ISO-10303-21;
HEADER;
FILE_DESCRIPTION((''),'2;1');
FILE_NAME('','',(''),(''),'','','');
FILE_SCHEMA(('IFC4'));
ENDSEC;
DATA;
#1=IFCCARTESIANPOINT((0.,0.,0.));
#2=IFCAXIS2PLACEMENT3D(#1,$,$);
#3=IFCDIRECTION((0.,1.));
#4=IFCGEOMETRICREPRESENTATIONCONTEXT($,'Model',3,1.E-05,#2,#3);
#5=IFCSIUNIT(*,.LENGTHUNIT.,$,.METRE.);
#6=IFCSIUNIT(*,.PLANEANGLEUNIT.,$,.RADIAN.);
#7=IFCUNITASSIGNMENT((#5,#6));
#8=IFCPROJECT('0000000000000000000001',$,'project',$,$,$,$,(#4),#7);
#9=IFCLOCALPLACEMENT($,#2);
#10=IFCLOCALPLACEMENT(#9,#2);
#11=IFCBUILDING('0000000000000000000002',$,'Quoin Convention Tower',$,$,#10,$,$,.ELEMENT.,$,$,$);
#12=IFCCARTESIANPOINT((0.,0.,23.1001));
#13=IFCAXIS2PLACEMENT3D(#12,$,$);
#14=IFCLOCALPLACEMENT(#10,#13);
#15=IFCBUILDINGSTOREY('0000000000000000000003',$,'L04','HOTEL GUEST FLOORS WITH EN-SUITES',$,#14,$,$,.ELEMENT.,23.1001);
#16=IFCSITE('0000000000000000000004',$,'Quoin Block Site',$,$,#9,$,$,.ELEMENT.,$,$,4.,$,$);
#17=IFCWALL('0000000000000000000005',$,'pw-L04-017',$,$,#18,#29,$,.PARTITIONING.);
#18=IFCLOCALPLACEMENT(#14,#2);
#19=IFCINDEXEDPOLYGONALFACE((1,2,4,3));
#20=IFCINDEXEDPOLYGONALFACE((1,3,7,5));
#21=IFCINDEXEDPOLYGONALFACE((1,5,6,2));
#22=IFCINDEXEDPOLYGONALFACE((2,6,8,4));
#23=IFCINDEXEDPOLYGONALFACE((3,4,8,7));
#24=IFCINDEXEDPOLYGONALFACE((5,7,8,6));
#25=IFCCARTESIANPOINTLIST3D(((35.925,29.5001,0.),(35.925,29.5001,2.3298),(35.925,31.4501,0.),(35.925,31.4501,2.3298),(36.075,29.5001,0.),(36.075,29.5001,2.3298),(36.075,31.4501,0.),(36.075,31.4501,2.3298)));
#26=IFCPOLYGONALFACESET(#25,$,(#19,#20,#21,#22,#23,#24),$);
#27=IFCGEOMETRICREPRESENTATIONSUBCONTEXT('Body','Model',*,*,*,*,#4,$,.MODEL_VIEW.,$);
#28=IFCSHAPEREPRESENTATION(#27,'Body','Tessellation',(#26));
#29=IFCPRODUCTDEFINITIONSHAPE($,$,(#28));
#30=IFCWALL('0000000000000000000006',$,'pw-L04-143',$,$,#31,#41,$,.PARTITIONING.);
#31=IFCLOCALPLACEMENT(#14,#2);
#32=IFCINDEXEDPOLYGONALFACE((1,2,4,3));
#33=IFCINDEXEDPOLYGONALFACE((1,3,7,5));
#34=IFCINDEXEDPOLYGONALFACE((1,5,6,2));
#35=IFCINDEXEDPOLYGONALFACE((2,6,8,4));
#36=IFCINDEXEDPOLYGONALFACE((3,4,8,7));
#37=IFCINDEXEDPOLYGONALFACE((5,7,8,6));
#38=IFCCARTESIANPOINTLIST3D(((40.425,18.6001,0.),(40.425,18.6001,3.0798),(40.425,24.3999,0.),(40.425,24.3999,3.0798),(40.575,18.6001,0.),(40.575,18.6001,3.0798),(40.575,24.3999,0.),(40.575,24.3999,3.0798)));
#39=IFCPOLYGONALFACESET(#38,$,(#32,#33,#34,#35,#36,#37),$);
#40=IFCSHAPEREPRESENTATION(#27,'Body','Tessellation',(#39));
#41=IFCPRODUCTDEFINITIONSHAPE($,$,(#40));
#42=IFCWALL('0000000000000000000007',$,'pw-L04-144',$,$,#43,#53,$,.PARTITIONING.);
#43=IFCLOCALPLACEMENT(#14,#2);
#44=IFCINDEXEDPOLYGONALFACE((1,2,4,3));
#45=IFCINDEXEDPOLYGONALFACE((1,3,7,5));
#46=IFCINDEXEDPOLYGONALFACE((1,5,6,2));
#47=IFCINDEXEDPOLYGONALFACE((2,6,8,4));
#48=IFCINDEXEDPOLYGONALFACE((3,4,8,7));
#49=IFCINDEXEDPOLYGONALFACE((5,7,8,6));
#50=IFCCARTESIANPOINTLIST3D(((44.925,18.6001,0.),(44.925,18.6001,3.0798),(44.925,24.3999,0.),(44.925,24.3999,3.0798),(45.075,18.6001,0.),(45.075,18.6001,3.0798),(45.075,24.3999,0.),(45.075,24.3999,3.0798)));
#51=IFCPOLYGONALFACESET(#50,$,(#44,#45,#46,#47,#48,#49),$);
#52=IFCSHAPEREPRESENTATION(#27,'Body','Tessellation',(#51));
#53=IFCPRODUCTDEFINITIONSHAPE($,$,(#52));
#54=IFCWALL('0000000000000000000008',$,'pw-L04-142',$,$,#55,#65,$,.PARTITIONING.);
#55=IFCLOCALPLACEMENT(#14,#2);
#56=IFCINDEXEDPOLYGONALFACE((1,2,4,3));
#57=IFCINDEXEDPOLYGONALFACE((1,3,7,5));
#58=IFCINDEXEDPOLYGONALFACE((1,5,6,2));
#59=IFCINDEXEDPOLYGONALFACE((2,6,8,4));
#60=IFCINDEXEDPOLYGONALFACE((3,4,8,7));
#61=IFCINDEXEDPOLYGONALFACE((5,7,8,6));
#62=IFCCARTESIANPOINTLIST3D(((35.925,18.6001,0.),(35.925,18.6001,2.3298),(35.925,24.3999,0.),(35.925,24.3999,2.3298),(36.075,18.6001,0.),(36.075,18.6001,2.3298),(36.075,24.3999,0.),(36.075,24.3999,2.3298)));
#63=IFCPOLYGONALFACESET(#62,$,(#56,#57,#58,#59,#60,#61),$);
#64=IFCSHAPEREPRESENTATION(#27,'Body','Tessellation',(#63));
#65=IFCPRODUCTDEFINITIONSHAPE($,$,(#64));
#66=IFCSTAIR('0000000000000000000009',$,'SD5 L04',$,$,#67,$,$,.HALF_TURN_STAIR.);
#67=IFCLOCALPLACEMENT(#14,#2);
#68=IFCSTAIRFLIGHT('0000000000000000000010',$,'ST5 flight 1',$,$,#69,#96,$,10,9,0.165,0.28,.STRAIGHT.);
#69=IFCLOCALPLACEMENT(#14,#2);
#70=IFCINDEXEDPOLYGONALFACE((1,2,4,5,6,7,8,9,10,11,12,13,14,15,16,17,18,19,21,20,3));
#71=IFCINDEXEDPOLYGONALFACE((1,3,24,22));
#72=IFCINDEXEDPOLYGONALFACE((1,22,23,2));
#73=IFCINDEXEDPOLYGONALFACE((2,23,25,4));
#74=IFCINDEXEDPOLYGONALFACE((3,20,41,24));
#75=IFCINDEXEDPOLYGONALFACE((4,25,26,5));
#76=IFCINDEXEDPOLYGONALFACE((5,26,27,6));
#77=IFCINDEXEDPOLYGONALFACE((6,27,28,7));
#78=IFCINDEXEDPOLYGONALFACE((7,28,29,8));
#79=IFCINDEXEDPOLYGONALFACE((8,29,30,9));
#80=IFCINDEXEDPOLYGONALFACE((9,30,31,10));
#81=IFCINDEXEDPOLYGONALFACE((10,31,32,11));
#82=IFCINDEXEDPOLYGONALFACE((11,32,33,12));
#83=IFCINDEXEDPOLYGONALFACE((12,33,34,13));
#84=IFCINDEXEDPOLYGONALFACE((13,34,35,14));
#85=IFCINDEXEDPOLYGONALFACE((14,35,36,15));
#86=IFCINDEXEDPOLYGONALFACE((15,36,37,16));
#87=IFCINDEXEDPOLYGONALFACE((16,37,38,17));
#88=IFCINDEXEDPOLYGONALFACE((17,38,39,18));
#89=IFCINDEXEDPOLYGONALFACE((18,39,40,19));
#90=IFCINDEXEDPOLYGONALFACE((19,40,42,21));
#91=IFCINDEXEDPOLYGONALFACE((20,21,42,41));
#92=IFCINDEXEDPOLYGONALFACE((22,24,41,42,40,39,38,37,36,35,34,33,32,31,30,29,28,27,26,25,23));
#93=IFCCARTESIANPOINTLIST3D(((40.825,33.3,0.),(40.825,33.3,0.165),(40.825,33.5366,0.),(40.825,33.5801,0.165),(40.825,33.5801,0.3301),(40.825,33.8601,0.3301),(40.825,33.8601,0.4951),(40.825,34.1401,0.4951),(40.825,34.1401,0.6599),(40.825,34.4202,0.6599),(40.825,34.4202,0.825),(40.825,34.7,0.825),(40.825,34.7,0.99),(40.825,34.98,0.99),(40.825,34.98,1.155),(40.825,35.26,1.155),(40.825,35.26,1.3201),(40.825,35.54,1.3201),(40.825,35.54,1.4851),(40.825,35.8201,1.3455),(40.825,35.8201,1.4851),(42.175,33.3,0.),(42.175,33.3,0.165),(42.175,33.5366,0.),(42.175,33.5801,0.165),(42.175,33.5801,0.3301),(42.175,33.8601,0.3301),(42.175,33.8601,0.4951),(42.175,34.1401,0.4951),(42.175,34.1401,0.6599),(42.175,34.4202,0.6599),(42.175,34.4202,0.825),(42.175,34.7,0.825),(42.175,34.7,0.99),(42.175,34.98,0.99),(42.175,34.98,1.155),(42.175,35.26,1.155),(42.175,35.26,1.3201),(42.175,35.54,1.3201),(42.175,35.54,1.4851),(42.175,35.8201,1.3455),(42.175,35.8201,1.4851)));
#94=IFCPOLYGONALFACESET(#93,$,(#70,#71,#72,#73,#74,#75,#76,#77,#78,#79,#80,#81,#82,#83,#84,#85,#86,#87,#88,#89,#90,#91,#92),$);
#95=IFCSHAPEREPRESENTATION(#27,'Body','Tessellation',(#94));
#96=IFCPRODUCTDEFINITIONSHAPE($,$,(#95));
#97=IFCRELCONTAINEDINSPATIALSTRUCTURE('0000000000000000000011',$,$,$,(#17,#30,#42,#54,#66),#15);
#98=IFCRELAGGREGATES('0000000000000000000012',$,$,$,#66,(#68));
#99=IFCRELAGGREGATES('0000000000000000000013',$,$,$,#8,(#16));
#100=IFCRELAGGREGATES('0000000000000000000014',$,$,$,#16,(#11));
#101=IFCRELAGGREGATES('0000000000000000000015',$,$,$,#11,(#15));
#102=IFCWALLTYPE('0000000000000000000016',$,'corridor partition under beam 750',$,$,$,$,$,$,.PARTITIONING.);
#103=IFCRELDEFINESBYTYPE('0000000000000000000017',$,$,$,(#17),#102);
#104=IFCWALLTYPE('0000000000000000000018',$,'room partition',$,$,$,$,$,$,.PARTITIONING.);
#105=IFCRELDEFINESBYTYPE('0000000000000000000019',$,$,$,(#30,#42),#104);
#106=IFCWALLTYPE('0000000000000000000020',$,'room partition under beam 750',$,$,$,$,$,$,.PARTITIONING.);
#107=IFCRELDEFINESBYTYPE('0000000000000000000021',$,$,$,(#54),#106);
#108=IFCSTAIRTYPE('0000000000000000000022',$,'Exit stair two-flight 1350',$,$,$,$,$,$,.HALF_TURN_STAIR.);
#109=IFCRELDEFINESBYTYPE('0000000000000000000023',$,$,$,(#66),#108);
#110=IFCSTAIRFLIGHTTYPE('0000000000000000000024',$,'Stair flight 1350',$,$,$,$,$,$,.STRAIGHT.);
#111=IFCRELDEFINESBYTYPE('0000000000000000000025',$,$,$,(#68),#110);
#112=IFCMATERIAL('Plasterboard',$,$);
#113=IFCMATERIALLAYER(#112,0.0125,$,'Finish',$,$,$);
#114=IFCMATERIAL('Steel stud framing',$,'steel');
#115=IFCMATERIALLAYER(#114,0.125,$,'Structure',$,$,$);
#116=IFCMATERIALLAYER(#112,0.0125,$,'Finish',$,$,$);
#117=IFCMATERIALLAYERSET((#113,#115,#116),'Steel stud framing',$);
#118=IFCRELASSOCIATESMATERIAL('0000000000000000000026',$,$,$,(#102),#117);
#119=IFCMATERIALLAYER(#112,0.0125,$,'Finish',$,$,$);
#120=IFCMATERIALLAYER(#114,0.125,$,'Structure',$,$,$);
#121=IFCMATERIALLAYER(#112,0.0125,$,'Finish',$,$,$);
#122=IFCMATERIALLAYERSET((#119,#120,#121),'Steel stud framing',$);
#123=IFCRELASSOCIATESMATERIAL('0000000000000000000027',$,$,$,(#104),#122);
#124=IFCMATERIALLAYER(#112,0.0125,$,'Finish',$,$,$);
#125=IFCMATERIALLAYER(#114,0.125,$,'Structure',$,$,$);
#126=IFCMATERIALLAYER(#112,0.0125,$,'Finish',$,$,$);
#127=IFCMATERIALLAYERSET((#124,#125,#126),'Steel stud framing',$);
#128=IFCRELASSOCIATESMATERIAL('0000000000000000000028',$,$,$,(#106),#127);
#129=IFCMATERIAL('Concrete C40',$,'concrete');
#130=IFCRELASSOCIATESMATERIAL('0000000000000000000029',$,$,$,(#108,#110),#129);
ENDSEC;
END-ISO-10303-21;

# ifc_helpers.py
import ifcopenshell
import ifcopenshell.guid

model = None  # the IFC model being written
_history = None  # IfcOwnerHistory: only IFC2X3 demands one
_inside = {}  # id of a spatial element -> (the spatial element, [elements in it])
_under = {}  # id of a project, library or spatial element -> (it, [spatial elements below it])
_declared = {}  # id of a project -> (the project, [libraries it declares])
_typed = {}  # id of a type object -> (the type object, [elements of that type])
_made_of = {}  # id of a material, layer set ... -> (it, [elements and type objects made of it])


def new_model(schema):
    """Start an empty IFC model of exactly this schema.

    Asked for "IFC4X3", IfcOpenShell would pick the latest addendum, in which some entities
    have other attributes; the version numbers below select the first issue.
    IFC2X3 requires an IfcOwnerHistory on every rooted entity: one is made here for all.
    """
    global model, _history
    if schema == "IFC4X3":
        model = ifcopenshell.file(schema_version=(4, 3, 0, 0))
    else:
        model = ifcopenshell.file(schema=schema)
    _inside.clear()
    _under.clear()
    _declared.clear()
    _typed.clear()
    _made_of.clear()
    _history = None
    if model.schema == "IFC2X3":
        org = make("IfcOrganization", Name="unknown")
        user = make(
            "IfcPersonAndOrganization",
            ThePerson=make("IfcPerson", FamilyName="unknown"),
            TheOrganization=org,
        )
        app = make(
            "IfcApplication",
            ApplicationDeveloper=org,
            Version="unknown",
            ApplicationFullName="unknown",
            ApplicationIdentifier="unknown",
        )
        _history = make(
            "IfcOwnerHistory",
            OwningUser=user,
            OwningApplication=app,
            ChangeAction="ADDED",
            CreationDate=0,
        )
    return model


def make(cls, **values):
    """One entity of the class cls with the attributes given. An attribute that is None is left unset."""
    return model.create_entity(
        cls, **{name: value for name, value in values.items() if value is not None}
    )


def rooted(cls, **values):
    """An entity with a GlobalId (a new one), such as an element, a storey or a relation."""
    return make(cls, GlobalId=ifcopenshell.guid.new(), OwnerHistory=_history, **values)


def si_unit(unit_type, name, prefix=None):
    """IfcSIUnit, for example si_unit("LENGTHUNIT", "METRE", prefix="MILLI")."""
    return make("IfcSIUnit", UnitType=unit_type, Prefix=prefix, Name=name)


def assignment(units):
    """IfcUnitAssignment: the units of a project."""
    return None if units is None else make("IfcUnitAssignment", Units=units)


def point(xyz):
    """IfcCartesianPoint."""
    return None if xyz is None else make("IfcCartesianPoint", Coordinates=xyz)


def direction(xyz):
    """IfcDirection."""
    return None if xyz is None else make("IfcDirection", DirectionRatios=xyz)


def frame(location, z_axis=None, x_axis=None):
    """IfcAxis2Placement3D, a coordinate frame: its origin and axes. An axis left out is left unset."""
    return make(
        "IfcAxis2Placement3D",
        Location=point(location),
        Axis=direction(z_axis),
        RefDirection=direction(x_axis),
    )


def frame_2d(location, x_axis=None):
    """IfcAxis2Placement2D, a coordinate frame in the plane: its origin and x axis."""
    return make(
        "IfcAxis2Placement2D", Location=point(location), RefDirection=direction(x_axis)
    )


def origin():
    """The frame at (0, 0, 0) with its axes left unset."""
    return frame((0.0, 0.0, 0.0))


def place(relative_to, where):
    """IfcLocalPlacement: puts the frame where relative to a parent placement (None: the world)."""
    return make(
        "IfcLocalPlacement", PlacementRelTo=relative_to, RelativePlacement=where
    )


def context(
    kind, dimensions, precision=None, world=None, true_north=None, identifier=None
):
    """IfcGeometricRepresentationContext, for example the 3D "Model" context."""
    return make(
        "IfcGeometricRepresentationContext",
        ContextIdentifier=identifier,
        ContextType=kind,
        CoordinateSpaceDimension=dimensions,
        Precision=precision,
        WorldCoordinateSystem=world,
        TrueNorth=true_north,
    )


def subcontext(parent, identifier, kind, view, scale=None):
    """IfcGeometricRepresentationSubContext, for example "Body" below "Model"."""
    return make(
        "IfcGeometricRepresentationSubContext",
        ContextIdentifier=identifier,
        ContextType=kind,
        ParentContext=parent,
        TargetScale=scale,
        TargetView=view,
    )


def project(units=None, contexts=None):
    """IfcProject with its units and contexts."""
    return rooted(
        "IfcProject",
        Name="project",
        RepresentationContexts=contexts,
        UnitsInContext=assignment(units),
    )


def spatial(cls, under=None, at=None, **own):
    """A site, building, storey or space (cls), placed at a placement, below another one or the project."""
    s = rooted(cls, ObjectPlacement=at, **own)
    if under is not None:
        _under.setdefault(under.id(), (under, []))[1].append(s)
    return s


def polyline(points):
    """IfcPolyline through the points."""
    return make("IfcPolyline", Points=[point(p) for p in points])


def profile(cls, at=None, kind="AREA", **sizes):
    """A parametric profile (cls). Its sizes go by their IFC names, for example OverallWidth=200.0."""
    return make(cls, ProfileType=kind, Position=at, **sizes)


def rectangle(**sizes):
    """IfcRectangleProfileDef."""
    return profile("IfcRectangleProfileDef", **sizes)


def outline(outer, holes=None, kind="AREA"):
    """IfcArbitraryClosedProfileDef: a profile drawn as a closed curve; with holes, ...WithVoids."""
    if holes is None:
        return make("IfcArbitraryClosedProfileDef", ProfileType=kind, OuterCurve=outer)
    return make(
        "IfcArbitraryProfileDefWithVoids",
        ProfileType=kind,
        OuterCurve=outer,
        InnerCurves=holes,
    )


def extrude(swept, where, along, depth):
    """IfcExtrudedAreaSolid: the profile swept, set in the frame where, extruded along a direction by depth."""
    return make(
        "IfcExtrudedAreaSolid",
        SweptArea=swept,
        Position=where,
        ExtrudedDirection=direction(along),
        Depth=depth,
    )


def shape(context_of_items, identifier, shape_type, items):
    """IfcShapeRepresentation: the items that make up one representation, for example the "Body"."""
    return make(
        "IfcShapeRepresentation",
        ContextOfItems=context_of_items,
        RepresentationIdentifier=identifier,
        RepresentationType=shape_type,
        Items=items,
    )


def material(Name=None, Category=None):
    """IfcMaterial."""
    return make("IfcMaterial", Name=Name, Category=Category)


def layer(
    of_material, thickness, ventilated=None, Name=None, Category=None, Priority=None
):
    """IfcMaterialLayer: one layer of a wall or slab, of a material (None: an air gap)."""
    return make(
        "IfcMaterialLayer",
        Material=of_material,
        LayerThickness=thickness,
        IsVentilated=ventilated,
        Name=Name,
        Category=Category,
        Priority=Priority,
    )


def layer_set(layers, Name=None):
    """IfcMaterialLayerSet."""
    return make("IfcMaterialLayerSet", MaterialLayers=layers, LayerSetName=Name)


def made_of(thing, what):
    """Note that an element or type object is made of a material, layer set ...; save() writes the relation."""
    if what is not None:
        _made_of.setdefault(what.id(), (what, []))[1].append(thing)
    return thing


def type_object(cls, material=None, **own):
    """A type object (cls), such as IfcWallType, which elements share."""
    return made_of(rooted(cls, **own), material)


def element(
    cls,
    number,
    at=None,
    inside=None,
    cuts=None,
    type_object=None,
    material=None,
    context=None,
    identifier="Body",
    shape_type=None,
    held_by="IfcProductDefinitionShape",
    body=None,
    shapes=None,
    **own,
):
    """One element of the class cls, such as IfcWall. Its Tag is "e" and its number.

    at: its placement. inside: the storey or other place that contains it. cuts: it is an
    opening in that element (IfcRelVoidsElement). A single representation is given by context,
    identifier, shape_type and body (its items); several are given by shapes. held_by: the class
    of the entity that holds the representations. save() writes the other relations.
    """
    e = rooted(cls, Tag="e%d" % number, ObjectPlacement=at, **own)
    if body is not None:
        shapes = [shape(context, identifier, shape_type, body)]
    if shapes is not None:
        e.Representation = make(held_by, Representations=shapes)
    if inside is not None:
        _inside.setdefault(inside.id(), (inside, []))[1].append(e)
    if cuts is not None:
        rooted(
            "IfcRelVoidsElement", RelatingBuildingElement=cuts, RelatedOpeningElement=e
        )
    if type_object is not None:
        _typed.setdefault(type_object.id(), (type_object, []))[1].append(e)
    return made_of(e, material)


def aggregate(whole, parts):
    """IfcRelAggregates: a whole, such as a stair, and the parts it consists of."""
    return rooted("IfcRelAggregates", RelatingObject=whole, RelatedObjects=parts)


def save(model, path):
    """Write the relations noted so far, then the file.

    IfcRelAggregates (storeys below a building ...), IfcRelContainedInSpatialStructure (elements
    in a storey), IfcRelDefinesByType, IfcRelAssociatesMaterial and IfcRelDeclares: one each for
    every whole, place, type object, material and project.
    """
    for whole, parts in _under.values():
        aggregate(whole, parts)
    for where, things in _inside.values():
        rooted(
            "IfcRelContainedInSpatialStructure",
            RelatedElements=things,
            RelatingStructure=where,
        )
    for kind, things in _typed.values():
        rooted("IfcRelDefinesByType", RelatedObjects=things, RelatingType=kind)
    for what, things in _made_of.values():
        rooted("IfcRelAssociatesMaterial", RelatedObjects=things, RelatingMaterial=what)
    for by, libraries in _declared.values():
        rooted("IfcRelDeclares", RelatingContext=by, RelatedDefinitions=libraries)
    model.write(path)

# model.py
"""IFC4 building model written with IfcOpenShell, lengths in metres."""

from ifc_helpers import new_model, si_unit, direction, frame, frame_2d, origin, place, context, subcontext, project, spatial, polyline, rectangle, outline, extrude, material, layer, layer_set, type_object, element, aggregate, save


model = new_model("IFC4")

# Units and contexts
model_context = context("Model", 3, precision=1e-05, world=origin(), true_north=direction((0.0, 1.0)))
body_context = subcontext(model_context, "Body", "Model", "MODEL_VIEW")
ifc_project = project(units=[si_unit("LENGTHUNIT", "METRE"), si_unit("PLANEANGLEUNIT", "RADIAN")], contexts=[model_context])

# Site, building, storey
site_placement = place(None, origin())
site = spatial("IfcSite", under=ifc_project, at=site_placement, Name="Quoin Block Site", CompositionType="ELEMENT", RefElevation=4.0)
building_placement = place(site_placement, origin())
building = spatial("IfcBuilding", under=site, at=building_placement, Name="Quoin Convention Tower", CompositionType="ELEMENT")
storey_placement = place(building_placement, frame((0.0, 0.0, 23.1001)))
storey = spatial("IfcBuildingStorey", under=building, at=storey_placement, Name="L04", Description="HOTEL GUEST FLOORS WITH EN-SUITES", CompositionType="ELEMENT", Elevation=23.1001)

# Shared definitions
ifc_material_1 = material(Name="Plasterboard")
ifc_material_2 = material(Name="Steel stud framing", Category="steel")

# Walls
ifc_layer_1 = layer(ifc_material_1, 0.0125, Name="Finish")
ifc_layer_2 = layer(ifc_material_2, 0.125, Name="Structure")
ifc_layer_3 = layer(ifc_material_1, 0.0125, Name="Finish")
ifc_layer_set_1 = layer_set([ifc_layer_1, ifc_layer_2, ifc_layer_3], Name="Steel stud framing")
wall_type_1 = type_object("IfcWallType", Name="corridor partition under beam 750", PredefinedType="PARTITIONING", material=ifc_layer_set_1)
wall_1_placement = place(storey_placement, frame((36.0, 29.5, 0.0), z_axis=(0.0, 0.0, 1.0), x_axis=(0.0, 1.0, 0.0)))
element("IfcWall", 1, at=wall_1_placement, inside=storey, type_object=wall_type_1, Name="pw-L04-017", PredefinedType="PARTITIONING", context=body_context, shape_type="SweptSolid", body=[
    extrude(rectangle(XDim=1.95, YDim=0.1499, at=frame_2d((0.9751, 0.0))), origin(), (0.0, 0.0, 1.0), 2.3298),
])
ifc_layer_4 = layer(ifc_material_1, 0.0125, Name="Finish")
ifc_layer_5 = layer(ifc_material_2, 0.125, Name="Structure")
ifc_layer_6 = layer(ifc_material_1, 0.0125, Name="Finish")
ifc_layer_set_2 = layer_set([ifc_layer_4, ifc_layer_5, ifc_layer_6], Name="Steel stud framing")
wall_type_2 = type_object("IfcWallType", Name="room partition", PredefinedType="PARTITIONING", material=ifc_layer_set_2)
for number, where, z_axis, x_axis, name in (
    (2, (40.5, 18.6001, 0.0), (0.0, 0.0, 1.0), (0.0, 1.0, 0.0), "pw-L04-143"),
    (3, (45.0, 18.6001, 0.0), (0.0, 0.0, 1.0), (0.0, 1.0, 0.0), "pw-L04-144"),
):
    element("IfcWall", number, at=place(storey_placement, frame(where, z_axis=z_axis, x_axis=x_axis)), inside=storey, type_object=wall_type_2, Name=name, PredefinedType="PARTITIONING", context=body_context, shape_type="SweptSolid", body=[
        extrude(rectangle(XDim=5.7998, YDim=0.1499, at=frame_2d((2.8999, 0.0))), origin(), (0.0, 0.0, 1.0), 3.0798),
    ])
ifc_layer_7 = layer(ifc_material_1, 0.0125, Name="Finish")
ifc_layer_8 = layer(ifc_material_2, 0.125, Name="Structure")
ifc_layer_9 = layer(ifc_material_1, 0.0125, Name="Finish")
ifc_layer_set_3 = layer_set([ifc_layer_7, ifc_layer_8, ifc_layer_9], Name="Steel stud framing")
wall_type_3 = type_object("IfcWallType", Name="room partition under beam 750", PredefinedType="PARTITIONING", material=ifc_layer_set_3)
wall_2_placement = place(storey_placement, frame((36.0, 18.6001, 0.0), z_axis=(0.0, 0.0, 1.0), x_axis=(0.0, 1.0, 0.0)))
element("IfcWall", 4, at=wall_2_placement, inside=storey, type_object=wall_type_3, Name="pw-L04-142", PredefinedType="PARTITIONING", context=body_context, shape_type="SweptSolid", body=[
    extrude(rectangle(XDim=5.7998, YDim=0.1499, at=frame_2d((2.8999, 0.0))), origin(), (0.0, 0.0, 1.0), 2.3298),
])

# Stair, stair flight
ifc_material_3 = material(Name="Concrete C40", Category="concrete")
stair_type = type_object("IfcStairType", Name="Exit stair two-flight 1350", PredefinedType="HALF_TURN_STAIR", material=ifc_material_3)
stair_placement = place(storey_placement, origin())
stair = element("IfcStair", 5, at=stair_placement, inside=storey, type_object=stair_type, Name="SD5 L04", PredefinedType="HALF_TURN_STAIR")
stair_flight_type = type_object("IfcStairFlightType", Name="Stair flight 1350", PredefinedType="STRAIGHT", material=ifc_material_3)
stair_flight_placement = place(storey_placement, frame((41.5, 33.3, 0.0), z_axis=(0.0, 0.0, 1.0), x_axis=(0.0, 1.0, 0.0)))
stair_flight = element("IfcStairFlight", 6, at=stair_flight_placement, type_object=stair_flight_type, Name="ST5 flight 1", NumberOfRisers=10, NumberOfTreads=9, PredefinedType="STRAIGHT", RiserHeight=0.165, TreadLength=0.28, context=body_context, shape_type="SweptSolid", body=[
    extrude(outline(polyline([(0.0, 0.0), (0.0, 0.165), (0.28, 0.165), (0.28, 0.3301), (0.5601, 0.3301), (0.5601, 0.4951), (0.8401, 0.4951), (0.8401, 0.6599), (1.1201, 0.6599), (1.1201, 0.825), (1.3999, 0.825), (1.3999, 0.99), (1.6799, 0.99), (1.6799, 1.155), (1.96, 1.155), (1.96, 1.3201), (2.24, 1.3201), (2.24, 1.4851), (2.52, 1.4851), (2.52, 1.6499), (2.52, 1.3455), (0.2366, 0.0), (0.0, 0.0)])), frame((0.0, 0.675, 0.0), z_axis=(0.0, -1.0, 0.0), x_axis=(1.0, 0.0, 0.0)), (0.0, 0.0, 1.0), 1.3501),
])
aggregate(stair, [stair_flight])

save(model, "model.ifc")
